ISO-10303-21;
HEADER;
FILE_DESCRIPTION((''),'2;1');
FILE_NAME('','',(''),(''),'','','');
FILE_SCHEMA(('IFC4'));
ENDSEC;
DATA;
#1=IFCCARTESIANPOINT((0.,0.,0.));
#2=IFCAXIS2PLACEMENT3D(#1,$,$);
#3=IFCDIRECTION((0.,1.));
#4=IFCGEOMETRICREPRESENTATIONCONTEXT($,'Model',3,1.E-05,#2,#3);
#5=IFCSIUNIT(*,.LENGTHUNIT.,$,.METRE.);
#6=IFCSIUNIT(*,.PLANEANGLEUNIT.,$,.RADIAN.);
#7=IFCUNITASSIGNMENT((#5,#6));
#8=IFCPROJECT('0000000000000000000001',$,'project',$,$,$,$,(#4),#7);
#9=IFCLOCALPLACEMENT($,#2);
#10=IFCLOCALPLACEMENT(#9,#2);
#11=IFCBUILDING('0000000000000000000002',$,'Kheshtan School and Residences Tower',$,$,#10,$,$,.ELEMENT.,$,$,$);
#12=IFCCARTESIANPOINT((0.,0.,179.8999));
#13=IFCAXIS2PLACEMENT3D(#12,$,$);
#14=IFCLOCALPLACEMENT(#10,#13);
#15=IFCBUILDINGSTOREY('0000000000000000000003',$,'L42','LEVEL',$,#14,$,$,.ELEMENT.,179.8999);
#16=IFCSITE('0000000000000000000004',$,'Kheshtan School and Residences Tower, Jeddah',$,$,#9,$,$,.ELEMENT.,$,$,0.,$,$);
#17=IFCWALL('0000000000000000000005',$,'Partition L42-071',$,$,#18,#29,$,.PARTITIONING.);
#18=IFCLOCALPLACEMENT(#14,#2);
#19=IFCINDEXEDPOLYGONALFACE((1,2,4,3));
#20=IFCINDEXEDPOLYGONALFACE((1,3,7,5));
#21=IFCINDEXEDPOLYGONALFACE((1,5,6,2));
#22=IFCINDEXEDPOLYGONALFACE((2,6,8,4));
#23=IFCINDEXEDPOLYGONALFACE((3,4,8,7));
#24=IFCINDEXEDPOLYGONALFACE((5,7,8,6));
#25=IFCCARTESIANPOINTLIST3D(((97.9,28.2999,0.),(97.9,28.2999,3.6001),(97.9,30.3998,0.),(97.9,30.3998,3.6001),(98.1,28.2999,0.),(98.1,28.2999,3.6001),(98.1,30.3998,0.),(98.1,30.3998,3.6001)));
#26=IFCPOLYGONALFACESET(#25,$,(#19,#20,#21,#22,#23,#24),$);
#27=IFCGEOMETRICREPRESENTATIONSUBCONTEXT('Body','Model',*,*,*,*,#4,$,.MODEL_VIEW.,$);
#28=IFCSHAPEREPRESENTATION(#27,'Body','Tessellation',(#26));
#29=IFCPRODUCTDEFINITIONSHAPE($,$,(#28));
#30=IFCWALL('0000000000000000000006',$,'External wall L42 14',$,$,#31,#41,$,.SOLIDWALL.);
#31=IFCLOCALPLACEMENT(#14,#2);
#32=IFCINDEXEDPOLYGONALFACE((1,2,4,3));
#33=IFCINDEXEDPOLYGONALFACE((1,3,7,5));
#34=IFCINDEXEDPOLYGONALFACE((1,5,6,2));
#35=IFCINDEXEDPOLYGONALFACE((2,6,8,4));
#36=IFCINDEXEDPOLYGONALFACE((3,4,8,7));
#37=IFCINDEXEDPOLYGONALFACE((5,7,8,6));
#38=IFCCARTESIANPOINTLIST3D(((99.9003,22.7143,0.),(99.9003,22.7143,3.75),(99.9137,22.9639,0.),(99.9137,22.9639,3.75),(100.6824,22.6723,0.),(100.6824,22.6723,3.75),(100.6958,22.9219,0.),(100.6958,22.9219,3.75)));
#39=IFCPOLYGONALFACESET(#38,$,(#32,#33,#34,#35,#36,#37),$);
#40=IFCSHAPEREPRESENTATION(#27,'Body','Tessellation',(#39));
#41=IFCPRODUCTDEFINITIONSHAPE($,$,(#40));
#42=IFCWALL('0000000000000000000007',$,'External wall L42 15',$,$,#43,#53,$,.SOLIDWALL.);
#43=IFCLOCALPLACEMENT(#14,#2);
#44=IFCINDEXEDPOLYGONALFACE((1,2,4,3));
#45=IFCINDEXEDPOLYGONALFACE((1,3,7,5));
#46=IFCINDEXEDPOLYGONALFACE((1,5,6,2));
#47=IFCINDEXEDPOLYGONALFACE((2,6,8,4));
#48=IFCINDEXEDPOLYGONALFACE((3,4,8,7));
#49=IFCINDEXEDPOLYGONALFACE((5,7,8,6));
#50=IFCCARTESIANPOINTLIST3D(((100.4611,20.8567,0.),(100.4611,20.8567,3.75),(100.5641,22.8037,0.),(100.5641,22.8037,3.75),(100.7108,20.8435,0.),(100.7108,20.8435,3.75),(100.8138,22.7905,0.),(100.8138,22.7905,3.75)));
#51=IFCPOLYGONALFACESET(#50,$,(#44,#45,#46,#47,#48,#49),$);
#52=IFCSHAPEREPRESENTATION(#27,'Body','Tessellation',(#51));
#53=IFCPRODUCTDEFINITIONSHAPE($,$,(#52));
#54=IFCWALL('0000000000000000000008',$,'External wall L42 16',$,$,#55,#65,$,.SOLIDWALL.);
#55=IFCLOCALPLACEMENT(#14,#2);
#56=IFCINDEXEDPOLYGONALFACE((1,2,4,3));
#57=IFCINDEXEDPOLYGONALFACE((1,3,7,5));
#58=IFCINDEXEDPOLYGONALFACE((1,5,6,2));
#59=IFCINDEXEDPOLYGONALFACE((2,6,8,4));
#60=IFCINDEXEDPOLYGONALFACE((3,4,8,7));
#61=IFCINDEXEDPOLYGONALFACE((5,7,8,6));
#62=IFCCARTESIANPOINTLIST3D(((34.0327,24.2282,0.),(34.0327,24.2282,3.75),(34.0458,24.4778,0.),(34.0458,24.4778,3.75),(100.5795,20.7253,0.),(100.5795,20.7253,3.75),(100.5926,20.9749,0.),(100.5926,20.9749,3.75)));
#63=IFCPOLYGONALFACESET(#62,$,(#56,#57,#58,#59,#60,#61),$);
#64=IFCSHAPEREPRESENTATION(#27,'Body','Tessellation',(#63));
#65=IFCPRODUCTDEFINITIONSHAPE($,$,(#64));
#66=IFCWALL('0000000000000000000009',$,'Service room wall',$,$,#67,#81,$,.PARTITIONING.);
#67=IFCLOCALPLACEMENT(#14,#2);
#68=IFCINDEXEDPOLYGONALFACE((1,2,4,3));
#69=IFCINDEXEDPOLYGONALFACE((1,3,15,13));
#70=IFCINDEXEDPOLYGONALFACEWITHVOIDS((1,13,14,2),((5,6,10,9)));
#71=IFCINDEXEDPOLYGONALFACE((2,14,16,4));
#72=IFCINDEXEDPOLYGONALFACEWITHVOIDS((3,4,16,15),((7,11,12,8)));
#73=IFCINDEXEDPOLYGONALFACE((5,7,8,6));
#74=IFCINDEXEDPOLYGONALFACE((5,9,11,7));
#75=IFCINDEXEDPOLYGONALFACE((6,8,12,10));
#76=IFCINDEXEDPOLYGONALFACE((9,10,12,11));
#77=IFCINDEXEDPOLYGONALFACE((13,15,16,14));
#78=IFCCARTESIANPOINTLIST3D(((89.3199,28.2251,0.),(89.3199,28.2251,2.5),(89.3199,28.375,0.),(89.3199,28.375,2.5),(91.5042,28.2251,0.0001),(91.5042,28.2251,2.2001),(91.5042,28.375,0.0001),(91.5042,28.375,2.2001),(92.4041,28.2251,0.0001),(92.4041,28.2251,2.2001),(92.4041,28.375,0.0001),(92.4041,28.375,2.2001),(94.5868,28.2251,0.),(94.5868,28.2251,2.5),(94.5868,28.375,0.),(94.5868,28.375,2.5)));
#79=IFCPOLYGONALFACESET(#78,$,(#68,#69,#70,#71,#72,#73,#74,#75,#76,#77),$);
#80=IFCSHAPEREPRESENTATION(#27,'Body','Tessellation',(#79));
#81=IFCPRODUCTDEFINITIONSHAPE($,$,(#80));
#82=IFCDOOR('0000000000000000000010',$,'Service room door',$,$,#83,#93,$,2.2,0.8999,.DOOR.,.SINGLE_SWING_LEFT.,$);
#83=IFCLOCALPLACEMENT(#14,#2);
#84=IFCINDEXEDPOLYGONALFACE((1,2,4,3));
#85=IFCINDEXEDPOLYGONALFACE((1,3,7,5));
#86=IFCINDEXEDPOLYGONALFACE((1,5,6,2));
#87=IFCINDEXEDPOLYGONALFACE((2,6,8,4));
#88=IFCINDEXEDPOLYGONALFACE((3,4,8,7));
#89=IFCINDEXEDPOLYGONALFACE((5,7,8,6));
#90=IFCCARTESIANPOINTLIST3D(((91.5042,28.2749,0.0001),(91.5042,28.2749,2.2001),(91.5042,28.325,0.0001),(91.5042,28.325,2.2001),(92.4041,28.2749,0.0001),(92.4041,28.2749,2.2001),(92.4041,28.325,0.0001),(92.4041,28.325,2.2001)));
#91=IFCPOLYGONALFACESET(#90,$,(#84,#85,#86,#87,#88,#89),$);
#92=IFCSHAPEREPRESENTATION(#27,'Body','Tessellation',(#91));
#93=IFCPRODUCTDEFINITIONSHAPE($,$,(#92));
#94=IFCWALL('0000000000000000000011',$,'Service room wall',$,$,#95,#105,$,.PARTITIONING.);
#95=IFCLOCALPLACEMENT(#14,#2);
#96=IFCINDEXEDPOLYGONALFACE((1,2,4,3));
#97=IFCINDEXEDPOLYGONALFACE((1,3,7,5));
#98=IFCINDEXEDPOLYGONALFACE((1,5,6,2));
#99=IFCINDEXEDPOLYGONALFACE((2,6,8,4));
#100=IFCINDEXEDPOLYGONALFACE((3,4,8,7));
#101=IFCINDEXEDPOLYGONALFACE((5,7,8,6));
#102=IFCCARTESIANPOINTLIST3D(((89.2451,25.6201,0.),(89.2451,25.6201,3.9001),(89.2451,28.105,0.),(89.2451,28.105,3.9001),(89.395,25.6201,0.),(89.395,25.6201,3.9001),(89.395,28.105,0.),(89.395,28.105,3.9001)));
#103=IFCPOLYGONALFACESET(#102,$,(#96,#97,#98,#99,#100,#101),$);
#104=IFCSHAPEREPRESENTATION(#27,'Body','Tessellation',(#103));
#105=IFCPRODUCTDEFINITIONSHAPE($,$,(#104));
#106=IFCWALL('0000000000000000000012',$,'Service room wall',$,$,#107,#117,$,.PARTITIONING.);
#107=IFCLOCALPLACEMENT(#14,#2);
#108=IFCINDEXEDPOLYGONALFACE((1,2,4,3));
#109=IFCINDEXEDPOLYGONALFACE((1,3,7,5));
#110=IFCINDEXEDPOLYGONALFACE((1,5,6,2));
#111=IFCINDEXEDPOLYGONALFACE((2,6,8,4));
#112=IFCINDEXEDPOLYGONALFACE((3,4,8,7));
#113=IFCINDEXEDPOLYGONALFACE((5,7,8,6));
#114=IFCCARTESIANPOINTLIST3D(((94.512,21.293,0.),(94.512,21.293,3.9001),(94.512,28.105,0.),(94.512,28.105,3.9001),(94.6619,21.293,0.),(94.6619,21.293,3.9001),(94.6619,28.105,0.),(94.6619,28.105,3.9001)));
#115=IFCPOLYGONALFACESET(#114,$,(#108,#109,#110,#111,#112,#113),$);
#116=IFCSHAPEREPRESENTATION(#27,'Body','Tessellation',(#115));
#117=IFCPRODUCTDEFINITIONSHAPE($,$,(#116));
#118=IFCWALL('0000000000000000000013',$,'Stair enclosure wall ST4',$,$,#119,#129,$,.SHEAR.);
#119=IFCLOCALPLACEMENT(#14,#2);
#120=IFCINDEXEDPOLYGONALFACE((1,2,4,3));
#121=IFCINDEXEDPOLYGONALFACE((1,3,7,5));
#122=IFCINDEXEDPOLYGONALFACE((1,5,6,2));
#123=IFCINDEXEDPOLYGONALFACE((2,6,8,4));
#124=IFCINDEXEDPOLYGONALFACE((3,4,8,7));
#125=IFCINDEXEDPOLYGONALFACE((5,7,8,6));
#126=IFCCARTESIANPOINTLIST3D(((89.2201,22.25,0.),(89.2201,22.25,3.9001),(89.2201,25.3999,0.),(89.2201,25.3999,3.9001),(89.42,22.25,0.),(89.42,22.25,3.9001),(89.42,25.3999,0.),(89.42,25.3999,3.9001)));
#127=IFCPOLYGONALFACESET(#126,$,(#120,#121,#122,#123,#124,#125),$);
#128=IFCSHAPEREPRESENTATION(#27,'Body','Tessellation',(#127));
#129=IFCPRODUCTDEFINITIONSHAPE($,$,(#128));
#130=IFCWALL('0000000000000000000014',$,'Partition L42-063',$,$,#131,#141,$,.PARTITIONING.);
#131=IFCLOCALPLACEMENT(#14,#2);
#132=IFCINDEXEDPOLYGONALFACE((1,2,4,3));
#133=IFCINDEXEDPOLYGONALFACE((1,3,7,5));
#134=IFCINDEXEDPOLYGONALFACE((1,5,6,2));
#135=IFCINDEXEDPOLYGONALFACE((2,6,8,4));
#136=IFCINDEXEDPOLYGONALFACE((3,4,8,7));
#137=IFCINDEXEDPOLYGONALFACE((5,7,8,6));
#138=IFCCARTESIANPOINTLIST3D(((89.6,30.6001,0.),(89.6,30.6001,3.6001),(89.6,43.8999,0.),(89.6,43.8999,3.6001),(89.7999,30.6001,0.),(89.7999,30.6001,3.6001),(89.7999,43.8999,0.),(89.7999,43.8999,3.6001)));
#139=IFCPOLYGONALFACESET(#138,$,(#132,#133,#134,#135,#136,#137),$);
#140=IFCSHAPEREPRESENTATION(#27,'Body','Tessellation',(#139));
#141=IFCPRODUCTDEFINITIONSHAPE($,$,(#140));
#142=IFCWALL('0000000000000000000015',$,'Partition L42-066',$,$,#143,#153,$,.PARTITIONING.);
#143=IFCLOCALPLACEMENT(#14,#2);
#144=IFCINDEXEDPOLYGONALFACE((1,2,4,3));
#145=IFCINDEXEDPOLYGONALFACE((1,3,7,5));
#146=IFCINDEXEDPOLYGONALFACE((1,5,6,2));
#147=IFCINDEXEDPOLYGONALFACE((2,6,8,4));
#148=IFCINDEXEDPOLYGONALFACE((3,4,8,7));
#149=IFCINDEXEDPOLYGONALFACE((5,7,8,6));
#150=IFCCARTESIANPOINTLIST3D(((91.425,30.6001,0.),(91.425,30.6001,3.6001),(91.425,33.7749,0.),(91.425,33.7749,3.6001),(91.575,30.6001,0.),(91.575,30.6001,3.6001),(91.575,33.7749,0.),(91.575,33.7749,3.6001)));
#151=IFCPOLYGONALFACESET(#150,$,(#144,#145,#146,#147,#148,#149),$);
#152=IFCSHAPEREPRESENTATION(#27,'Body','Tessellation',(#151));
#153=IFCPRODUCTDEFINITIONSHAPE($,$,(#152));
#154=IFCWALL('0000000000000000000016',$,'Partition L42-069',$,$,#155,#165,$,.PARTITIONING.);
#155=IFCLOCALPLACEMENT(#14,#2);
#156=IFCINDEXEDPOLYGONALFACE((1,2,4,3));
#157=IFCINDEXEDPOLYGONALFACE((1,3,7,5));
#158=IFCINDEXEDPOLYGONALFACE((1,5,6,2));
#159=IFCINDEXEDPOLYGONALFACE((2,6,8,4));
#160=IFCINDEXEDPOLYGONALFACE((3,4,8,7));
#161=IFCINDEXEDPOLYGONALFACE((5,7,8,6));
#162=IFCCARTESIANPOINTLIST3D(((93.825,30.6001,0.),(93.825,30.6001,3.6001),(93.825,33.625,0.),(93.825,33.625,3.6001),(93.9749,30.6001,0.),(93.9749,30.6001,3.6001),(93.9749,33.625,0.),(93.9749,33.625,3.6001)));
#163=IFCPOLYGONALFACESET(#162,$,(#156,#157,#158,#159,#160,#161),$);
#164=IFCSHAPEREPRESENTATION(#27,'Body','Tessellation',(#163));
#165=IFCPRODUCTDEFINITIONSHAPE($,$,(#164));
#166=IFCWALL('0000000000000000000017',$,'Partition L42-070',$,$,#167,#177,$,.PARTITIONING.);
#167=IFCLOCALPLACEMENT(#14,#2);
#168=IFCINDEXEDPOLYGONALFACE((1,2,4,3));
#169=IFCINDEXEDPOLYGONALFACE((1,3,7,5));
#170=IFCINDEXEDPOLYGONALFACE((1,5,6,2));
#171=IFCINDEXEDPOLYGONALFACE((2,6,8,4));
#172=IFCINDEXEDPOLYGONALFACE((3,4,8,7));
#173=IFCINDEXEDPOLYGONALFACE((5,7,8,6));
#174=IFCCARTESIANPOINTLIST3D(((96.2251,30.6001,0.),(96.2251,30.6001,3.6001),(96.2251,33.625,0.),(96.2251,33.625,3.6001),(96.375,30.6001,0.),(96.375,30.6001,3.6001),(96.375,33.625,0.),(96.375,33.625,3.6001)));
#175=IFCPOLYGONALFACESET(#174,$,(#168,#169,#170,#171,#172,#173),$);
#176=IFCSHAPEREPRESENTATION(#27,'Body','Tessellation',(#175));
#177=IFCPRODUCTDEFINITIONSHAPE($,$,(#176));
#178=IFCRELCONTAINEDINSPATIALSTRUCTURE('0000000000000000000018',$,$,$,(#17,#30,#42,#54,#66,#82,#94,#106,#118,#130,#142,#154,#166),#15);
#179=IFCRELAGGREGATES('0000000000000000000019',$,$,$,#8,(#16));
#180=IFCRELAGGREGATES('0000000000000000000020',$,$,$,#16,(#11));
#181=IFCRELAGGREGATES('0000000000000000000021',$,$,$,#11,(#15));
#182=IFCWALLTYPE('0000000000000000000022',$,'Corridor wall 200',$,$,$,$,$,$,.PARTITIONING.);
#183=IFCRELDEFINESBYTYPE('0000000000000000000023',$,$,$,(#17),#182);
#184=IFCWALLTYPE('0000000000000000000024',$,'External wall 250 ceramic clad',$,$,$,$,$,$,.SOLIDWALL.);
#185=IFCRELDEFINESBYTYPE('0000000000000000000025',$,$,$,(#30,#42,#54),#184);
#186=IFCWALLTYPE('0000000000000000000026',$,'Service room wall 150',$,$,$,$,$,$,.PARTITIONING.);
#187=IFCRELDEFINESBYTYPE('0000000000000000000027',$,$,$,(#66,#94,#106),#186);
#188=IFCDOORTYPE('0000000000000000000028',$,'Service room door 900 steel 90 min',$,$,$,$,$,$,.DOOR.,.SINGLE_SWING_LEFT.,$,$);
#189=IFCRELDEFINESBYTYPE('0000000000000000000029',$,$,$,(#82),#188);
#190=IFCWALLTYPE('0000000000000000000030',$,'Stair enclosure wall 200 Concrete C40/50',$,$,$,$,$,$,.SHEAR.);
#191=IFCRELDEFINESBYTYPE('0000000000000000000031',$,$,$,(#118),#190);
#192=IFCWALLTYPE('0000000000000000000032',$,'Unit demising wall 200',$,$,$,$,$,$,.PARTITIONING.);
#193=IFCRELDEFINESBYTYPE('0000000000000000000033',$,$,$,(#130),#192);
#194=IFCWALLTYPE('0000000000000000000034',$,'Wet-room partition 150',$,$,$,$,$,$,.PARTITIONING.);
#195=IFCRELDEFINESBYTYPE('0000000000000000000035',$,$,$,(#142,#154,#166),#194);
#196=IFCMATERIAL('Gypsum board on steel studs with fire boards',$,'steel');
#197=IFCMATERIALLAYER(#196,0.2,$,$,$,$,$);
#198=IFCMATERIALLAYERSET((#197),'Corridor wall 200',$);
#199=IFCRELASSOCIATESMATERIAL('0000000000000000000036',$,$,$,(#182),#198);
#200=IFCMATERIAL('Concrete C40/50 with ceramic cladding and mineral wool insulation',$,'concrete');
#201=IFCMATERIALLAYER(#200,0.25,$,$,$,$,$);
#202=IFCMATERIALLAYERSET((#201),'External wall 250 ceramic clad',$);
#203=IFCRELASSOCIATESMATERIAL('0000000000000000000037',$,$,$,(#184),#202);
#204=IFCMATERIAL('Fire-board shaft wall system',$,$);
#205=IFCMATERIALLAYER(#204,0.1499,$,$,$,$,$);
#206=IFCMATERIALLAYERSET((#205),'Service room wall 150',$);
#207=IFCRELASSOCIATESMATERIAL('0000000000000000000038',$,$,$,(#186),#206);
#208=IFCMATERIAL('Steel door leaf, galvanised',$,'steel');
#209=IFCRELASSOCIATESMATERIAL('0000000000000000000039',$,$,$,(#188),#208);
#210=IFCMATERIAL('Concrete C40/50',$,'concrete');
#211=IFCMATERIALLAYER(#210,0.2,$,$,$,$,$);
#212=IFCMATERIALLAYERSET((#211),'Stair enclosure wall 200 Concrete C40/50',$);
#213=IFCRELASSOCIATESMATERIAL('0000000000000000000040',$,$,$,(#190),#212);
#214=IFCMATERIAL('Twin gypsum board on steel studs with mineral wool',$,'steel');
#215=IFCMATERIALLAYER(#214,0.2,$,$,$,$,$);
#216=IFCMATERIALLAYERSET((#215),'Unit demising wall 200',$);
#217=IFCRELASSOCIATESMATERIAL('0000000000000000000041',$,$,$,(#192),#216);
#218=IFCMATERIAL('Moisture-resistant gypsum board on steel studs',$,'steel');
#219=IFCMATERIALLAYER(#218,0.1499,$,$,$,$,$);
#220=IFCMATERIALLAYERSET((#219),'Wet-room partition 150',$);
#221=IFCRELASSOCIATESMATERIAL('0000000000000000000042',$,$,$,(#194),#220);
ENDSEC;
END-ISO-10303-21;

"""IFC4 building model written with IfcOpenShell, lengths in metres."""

from ifc_helpers import new_model, si_unit, direction, frame, frame_2d, origin, place, context, subcontext, project, spatial, rectangle, extrude, source, transform, mapped, material, layer, layer_set, type_object, element, fill, save


model = new_model("IFC4")

# Units and contexts
model_context = context("Model", 3, precision=1e-05, world=origin(), true_north=direction((0.0, 1.0)))
body_context = subcontext(model_context, "Body", "Model", "MODEL_VIEW")
ifc_project = project(units=[si_unit("LENGTHUNIT", "METRE"), si_unit("PLANEANGLEUNIT", "RADIAN")], contexts=[model_context])

# Site, building, storey
site_placement = place(None, origin())
site = spatial("IfcSite", under=ifc_project, at=site_placement, Name="Kheshtan School and Residences Tower, Jeddah", CompositionType="ELEMENT", RefElevation=0.0)
building_placement = place(site_placement, origin())
building = spatial("IfcBuilding", under=site, at=building_placement, Name="Kheshtan School and Residences Tower", CompositionType="ELEMENT")
storey_placement = place(building_placement, frame((0.0, 0.0, 179.8999)))
storey = spatial("IfcBuildingStorey", under=building, at=storey_placement, Name="L42", Description="LEVEL", CompositionType="ELEMENT", Elevation=179.8999)

# Walls
ifc_material_1 = material(Name="Gypsum board on steel studs with fire boards", Category="steel")
ifc_layer_1 = layer(ifc_material_1, 0.2)
ifc_layer_set_1 = layer_set([ifc_layer_1], Name="Corridor wall 200")
wall_type_1 = type_object("IfcWallType", Name="Corridor wall 200", PredefinedType="PARTITIONING", material=ifc_layer_set_1)
wall_1_placement = place(storey_placement, frame((98.0, 28.3, 0.0), z_axis=(0.0, 0.0, 1.0), x_axis=(0.0, 1.0, 0.0)))
element("IfcWall", 1, at=wall_1_placement, inside=storey, type_object=wall_type_1, Name="Partition L42-071", PredefinedType="PARTITIONING", context=body_context, shape_type="SweptSolid", body=[
    extrude(rectangle(XDim=2.0999, YDim=0.2, at=frame_2d((1.0498, 0.0))), origin(), (0.0, 0.0, 1.0), 3.6001),
])
ifc_material_2 = material(Name="Concrete C40/50 with ceramic cladding and mineral wool insulation", Category="concrete")
ifc_layer_2 = layer(ifc_material_2, 0.25)
ifc_layer_set_2 = layer_set([ifc_layer_2], Name="External wall 250 ceramic clad")
wall_type_2 = type_object("IfcWallType", Name="External wall 250 ceramic clad", PredefinedType="SOLIDWALL", material=ifc_layer_set_2)
wall_2_placement = place(storey_placement, frame((99.907, 22.8391, 0.0), z_axis=(0.0, 0.0, 1.0), x_axis=(0.998561, -0.053622, 0.0)))
element("IfcWall", 2, at=wall_2_placement, inside=storey, type_object=wall_type_2, Name="External wall L42 14", PredefinedType="SOLIDWALL", context=body_context, shape_type="SweptSolid", body=[
    extrude(rectangle(XDim=0.7832, YDim=0.25, at=frame_2d((0.3916, 0.0))), origin(), (0.0, 0.0, 1.0), 3.75),
])
wall_3_placement = place(storey_placement, frame((100.689, 22.7971, 0.0), z_axis=(0.0, 0.0, 1.0), x_axis=(-0.052841, -0.998603, 0.0)))
element("IfcWall", 3, at=wall_3_placement, inside=storey, type_object=wall_type_2, Name="External wall L42 15", PredefinedType="SOLIDWALL", context=body_context, shape_type="SweptSolid", body=[
    extrude(rectangle(XDim=1.9497, YDim=0.25, at=frame_2d((0.9749, 0.0))), origin(), (0.0, 0.0, 1.0), 3.75),
])
wall_4_placement = place(storey_placement, frame((100.5859, 20.8501, 0.0), z_axis=(0.0, 0.0, 1.0), x_axis=(-0.998617, 0.052566, 0.0)))
element("IfcWall", 4, at=wall_4_placement, inside=storey, type_object=wall_type_2, Name="External wall L42 16", PredefinedType="SOLIDWALL", context=body_context, shape_type="SweptSolid", body=[
    extrude(rectangle(XDim=66.6389, YDim=0.25, at=frame_2d((33.3193, 0.0))), origin(), (0.0, 0.0, 1.0), 3.75),
])

# Wall, opening, door
ifc_material_3 = material(Name="Fire-board shaft wall system")
ifc_layer_3 = layer(ifc_material_3, 0.1499)
ifc_layer_set_3 = layer_set([ifc_layer_3], Name="Service room wall 150")
wall_type_3 = type_object("IfcWallType", Name="Service room wall 150", PredefinedType="PARTITIONING", material=ifc_layer_set_3)
wall_5_placement = place(storey_placement, frame((89.3201, 28.3, 0.0), z_axis=(0.0, 0.0, 1.0), x_axis=(1.0, 0.0, 0.0)))
wall_5 = element("IfcWall", 5, at=wall_5_placement, inside=storey, type_object=wall_type_3, Name="Service room wall", PredefinedType="PARTITIONING", context=body_context, shape_type="SweptSolid", body=[
    extrude(rectangle(XDim=5.2668, YDim=0.1499, at=frame_2d((2.6333, 0.0))), origin(), (0.0, 0.0, 1.0), 2.5),
])
opening_placement = place(wall_5_placement, frame((2.1841, 0.0, 0.0)))
opening = element("IfcOpeningElement", 6, at=opening_placement, cuts=wall_5, PredefinedType="OPENING", context=body_context, shape_type="SweptSolid", body=[
    extrude(rectangle(XDim=0.8999, YDim=2.2, at=frame_2d((0.45, 1.1001))), frame((0.0, 0.085, 0.0), z_axis=(0.0, -1.0, 0.0), x_axis=(1.0, 0.0, 0.0)), (0.0, 0.0, 1.0), 0.1699),
])
ifc_material_4 = material(Name="Steel door leaf, galvanised", Category="steel")
door_type = type_object("IfcDoorType", Name="Service room door 900 steel 90 min", OperationType="SINGLE_SWING_LEFT", PredefinedType="DOOR", material=ifc_material_4)
shared_shape = source(origin(), body_context, "Body", "SweptSolid", [
    extrude(rectangle(XDim=0.8999, YDim=2.2, at=frame_2d((0.45, 1.1001))), frame((0.0, 0.0249, 0.0), z_axis=(0.0, -1.0, 0.0), x_axis=(1.0, 0.0, 0.0)), (0.0, 0.0, 1.0), 0.05),
])
door_placement = place(opening_placement, origin())
door = element("IfcDoor", 7, at=door_placement, inside=storey, type_object=door_type, Name="Service room door", OperationType="SINGLE_SWING_LEFT", OverallHeight=2.2, OverallWidth=0.8999, PredefinedType="DOOR", context=body_context, shape_type="MappedRepresentation", body=[
    mapped(shared_shape, transform((0.0, 0.0, 0.0), x_axis=(1.0, 0.0, 0.0), y_axis=(0.0, 1.0, 0.0), z_axis=(0.0, 0.0, 1.0), scale=1.0)),
])
fill(opening, door)

# Walls
wall_6_placement = place(storey_placement, frame((89.3201, 25.6201, 0.0), z_axis=(0.0, 0.0, 1.0), x_axis=(0.0, 1.0, 0.0)))
element("IfcWall", 8, at=wall_6_placement, inside=storey, type_object=wall_type_3, Name="Service room wall", PredefinedType="PARTITIONING", context=body_context, shape_type="SweptSolid", body=[
    extrude(rectangle(XDim=2.4849, YDim=0.1499, at=frame_2d((1.2424, 0.0))), origin(), (0.0, 0.0, 1.0), 3.9001),
])
wall_7_placement = place(storey_placement, frame((94.5869, 21.293, 0.0), z_axis=(0.0, 0.0, 1.0), x_axis=(0.0, 1.0, 0.0)))
element("IfcWall", 9, at=wall_7_placement, inside=storey, type_object=wall_type_3, Name="Service room wall", PredefinedType="PARTITIONING", context=body_context, shape_type="SweptSolid", body=[
    extrude(rectangle(XDim=6.812, YDim=0.1499, at=frame_2d((3.406, 0.0))), origin(), (0.0, 0.0, 1.0), 3.9001),
])
ifc_material_5 = material(Name="Concrete C40/50", Category="concrete")
ifc_layer_4 = layer(ifc_material_5, 0.2)
ifc_layer_set_4 = layer_set([ifc_layer_4], Name="Stair enclosure wall 200 Concrete C40/50")
wall_type_4 = type_object("IfcWallType", Name="Stair enclosure wall 200 Concrete C40/50", PredefinedType="SHEAR", material=ifc_layer_set_4)
wall_8_placement = place(storey_placement, frame((89.3201, 22.25, 0.0), z_axis=(0.0, 0.0, 1.0), x_axis=(0.0, 1.0, 0.0)))
element("IfcWall", 10, at=wall_8_placement, inside=storey, type_object=wall_type_4, Name="Stair enclosure wall ST4", PredefinedType="SHEAR", context=body_context, shape_type="SweptSolid", body=[
    extrude(rectangle(XDim=3.1499, YDim=0.2, at=frame_2d((1.575, 0.0))), origin(), (0.0, 0.0, 1.0), 3.9001),
])
ifc_material_6 = material(Name="Twin gypsum board on steel studs with mineral wool", Category="steel")
ifc_layer_5 = layer(ifc_material_6, 0.2)
ifc_layer_set_5 = layer_set([ifc_layer_5], Name="Unit demising wall 200")
wall_type_5 = type_object("IfcWallType", Name="Unit demising wall 200", PredefinedType="PARTITIONING", material=ifc_layer_set_5)
wall_9_placement = place(storey_placement, frame((89.7, 30.6001, 0.0), z_axis=(0.0, 0.0, 1.0), x_axis=(0.0, 1.0, 0.0)))
element("IfcWall", 11, at=wall_9_placement, inside=storey, type_object=wall_type_5, Name="Partition L42-063", PredefinedType="PARTITIONING", context=body_context, shape_type="SweptSolid", body=[
    extrude(rectangle(XDim=13.2998, YDim=0.2, at=frame_2d((6.6499, 0.0))), origin(), (0.0, 0.0, 1.0), 3.6001),
])
ifc_material_7 = material(Name="Moisture-resistant gypsum board on steel studs", Category="steel")
ifc_layer_6 = layer(ifc_material_7, 0.1499)
ifc_layer_set_6 = layer_set([ifc_layer_6], Name="Wet-room partition 150")
wall_type_6 = type_object("IfcWallType", Name="Wet-room partition 150", PredefinedType="PARTITIONING", material=ifc_layer_set_6)
wall_10_placement = place(storey_placement, frame((91.5, 30.6001, 0.0), z_axis=(0.0, 0.0, 1.0), x_axis=(0.0, 1.0, 0.0)))
element("IfcWall", 12, at=wall_10_placement, inside=storey, type_object=wall_type_6, Name="Partition L42-066", PredefinedType="PARTITIONING", context=body_context, shape_type="SweptSolid", body=[
    extrude(rectangle(XDim=3.1748, YDim=0.1499, at=frame_2d((1.5874, 0.0))), origin(), (0.0, 0.0, 1.0), 3.6001),
])
for number, where, z_axis, x_axis, name in (
    (13, (93.8999, 30.6001, 0.0), (0.0, 0.0, 1.0), (0.0, 1.0, 0.0), "Partition L42-069"),
    (14, (96.3, 30.6001, 0.0), (0.0, 0.0, 1.0), (0.0, 1.0, 0.0), "Partition L42-070"),
):
    element("IfcWall", number, at=place(storey_placement, frame(where, z_axis=z_axis, x_axis=x_axis)), inside=storey, type_object=wall_type_6, Name=name, PredefinedType="PARTITIONING", context=body_context, shape_type="SweptSolid", body=[
        extrude(rectangle(XDim=3.0249, YDim=0.1499, at=frame_2d((1.5125, 0.0))), origin(), (0.0, 0.0, 1.0), 3.6001),
    ])

save(model, "model.ifc")
